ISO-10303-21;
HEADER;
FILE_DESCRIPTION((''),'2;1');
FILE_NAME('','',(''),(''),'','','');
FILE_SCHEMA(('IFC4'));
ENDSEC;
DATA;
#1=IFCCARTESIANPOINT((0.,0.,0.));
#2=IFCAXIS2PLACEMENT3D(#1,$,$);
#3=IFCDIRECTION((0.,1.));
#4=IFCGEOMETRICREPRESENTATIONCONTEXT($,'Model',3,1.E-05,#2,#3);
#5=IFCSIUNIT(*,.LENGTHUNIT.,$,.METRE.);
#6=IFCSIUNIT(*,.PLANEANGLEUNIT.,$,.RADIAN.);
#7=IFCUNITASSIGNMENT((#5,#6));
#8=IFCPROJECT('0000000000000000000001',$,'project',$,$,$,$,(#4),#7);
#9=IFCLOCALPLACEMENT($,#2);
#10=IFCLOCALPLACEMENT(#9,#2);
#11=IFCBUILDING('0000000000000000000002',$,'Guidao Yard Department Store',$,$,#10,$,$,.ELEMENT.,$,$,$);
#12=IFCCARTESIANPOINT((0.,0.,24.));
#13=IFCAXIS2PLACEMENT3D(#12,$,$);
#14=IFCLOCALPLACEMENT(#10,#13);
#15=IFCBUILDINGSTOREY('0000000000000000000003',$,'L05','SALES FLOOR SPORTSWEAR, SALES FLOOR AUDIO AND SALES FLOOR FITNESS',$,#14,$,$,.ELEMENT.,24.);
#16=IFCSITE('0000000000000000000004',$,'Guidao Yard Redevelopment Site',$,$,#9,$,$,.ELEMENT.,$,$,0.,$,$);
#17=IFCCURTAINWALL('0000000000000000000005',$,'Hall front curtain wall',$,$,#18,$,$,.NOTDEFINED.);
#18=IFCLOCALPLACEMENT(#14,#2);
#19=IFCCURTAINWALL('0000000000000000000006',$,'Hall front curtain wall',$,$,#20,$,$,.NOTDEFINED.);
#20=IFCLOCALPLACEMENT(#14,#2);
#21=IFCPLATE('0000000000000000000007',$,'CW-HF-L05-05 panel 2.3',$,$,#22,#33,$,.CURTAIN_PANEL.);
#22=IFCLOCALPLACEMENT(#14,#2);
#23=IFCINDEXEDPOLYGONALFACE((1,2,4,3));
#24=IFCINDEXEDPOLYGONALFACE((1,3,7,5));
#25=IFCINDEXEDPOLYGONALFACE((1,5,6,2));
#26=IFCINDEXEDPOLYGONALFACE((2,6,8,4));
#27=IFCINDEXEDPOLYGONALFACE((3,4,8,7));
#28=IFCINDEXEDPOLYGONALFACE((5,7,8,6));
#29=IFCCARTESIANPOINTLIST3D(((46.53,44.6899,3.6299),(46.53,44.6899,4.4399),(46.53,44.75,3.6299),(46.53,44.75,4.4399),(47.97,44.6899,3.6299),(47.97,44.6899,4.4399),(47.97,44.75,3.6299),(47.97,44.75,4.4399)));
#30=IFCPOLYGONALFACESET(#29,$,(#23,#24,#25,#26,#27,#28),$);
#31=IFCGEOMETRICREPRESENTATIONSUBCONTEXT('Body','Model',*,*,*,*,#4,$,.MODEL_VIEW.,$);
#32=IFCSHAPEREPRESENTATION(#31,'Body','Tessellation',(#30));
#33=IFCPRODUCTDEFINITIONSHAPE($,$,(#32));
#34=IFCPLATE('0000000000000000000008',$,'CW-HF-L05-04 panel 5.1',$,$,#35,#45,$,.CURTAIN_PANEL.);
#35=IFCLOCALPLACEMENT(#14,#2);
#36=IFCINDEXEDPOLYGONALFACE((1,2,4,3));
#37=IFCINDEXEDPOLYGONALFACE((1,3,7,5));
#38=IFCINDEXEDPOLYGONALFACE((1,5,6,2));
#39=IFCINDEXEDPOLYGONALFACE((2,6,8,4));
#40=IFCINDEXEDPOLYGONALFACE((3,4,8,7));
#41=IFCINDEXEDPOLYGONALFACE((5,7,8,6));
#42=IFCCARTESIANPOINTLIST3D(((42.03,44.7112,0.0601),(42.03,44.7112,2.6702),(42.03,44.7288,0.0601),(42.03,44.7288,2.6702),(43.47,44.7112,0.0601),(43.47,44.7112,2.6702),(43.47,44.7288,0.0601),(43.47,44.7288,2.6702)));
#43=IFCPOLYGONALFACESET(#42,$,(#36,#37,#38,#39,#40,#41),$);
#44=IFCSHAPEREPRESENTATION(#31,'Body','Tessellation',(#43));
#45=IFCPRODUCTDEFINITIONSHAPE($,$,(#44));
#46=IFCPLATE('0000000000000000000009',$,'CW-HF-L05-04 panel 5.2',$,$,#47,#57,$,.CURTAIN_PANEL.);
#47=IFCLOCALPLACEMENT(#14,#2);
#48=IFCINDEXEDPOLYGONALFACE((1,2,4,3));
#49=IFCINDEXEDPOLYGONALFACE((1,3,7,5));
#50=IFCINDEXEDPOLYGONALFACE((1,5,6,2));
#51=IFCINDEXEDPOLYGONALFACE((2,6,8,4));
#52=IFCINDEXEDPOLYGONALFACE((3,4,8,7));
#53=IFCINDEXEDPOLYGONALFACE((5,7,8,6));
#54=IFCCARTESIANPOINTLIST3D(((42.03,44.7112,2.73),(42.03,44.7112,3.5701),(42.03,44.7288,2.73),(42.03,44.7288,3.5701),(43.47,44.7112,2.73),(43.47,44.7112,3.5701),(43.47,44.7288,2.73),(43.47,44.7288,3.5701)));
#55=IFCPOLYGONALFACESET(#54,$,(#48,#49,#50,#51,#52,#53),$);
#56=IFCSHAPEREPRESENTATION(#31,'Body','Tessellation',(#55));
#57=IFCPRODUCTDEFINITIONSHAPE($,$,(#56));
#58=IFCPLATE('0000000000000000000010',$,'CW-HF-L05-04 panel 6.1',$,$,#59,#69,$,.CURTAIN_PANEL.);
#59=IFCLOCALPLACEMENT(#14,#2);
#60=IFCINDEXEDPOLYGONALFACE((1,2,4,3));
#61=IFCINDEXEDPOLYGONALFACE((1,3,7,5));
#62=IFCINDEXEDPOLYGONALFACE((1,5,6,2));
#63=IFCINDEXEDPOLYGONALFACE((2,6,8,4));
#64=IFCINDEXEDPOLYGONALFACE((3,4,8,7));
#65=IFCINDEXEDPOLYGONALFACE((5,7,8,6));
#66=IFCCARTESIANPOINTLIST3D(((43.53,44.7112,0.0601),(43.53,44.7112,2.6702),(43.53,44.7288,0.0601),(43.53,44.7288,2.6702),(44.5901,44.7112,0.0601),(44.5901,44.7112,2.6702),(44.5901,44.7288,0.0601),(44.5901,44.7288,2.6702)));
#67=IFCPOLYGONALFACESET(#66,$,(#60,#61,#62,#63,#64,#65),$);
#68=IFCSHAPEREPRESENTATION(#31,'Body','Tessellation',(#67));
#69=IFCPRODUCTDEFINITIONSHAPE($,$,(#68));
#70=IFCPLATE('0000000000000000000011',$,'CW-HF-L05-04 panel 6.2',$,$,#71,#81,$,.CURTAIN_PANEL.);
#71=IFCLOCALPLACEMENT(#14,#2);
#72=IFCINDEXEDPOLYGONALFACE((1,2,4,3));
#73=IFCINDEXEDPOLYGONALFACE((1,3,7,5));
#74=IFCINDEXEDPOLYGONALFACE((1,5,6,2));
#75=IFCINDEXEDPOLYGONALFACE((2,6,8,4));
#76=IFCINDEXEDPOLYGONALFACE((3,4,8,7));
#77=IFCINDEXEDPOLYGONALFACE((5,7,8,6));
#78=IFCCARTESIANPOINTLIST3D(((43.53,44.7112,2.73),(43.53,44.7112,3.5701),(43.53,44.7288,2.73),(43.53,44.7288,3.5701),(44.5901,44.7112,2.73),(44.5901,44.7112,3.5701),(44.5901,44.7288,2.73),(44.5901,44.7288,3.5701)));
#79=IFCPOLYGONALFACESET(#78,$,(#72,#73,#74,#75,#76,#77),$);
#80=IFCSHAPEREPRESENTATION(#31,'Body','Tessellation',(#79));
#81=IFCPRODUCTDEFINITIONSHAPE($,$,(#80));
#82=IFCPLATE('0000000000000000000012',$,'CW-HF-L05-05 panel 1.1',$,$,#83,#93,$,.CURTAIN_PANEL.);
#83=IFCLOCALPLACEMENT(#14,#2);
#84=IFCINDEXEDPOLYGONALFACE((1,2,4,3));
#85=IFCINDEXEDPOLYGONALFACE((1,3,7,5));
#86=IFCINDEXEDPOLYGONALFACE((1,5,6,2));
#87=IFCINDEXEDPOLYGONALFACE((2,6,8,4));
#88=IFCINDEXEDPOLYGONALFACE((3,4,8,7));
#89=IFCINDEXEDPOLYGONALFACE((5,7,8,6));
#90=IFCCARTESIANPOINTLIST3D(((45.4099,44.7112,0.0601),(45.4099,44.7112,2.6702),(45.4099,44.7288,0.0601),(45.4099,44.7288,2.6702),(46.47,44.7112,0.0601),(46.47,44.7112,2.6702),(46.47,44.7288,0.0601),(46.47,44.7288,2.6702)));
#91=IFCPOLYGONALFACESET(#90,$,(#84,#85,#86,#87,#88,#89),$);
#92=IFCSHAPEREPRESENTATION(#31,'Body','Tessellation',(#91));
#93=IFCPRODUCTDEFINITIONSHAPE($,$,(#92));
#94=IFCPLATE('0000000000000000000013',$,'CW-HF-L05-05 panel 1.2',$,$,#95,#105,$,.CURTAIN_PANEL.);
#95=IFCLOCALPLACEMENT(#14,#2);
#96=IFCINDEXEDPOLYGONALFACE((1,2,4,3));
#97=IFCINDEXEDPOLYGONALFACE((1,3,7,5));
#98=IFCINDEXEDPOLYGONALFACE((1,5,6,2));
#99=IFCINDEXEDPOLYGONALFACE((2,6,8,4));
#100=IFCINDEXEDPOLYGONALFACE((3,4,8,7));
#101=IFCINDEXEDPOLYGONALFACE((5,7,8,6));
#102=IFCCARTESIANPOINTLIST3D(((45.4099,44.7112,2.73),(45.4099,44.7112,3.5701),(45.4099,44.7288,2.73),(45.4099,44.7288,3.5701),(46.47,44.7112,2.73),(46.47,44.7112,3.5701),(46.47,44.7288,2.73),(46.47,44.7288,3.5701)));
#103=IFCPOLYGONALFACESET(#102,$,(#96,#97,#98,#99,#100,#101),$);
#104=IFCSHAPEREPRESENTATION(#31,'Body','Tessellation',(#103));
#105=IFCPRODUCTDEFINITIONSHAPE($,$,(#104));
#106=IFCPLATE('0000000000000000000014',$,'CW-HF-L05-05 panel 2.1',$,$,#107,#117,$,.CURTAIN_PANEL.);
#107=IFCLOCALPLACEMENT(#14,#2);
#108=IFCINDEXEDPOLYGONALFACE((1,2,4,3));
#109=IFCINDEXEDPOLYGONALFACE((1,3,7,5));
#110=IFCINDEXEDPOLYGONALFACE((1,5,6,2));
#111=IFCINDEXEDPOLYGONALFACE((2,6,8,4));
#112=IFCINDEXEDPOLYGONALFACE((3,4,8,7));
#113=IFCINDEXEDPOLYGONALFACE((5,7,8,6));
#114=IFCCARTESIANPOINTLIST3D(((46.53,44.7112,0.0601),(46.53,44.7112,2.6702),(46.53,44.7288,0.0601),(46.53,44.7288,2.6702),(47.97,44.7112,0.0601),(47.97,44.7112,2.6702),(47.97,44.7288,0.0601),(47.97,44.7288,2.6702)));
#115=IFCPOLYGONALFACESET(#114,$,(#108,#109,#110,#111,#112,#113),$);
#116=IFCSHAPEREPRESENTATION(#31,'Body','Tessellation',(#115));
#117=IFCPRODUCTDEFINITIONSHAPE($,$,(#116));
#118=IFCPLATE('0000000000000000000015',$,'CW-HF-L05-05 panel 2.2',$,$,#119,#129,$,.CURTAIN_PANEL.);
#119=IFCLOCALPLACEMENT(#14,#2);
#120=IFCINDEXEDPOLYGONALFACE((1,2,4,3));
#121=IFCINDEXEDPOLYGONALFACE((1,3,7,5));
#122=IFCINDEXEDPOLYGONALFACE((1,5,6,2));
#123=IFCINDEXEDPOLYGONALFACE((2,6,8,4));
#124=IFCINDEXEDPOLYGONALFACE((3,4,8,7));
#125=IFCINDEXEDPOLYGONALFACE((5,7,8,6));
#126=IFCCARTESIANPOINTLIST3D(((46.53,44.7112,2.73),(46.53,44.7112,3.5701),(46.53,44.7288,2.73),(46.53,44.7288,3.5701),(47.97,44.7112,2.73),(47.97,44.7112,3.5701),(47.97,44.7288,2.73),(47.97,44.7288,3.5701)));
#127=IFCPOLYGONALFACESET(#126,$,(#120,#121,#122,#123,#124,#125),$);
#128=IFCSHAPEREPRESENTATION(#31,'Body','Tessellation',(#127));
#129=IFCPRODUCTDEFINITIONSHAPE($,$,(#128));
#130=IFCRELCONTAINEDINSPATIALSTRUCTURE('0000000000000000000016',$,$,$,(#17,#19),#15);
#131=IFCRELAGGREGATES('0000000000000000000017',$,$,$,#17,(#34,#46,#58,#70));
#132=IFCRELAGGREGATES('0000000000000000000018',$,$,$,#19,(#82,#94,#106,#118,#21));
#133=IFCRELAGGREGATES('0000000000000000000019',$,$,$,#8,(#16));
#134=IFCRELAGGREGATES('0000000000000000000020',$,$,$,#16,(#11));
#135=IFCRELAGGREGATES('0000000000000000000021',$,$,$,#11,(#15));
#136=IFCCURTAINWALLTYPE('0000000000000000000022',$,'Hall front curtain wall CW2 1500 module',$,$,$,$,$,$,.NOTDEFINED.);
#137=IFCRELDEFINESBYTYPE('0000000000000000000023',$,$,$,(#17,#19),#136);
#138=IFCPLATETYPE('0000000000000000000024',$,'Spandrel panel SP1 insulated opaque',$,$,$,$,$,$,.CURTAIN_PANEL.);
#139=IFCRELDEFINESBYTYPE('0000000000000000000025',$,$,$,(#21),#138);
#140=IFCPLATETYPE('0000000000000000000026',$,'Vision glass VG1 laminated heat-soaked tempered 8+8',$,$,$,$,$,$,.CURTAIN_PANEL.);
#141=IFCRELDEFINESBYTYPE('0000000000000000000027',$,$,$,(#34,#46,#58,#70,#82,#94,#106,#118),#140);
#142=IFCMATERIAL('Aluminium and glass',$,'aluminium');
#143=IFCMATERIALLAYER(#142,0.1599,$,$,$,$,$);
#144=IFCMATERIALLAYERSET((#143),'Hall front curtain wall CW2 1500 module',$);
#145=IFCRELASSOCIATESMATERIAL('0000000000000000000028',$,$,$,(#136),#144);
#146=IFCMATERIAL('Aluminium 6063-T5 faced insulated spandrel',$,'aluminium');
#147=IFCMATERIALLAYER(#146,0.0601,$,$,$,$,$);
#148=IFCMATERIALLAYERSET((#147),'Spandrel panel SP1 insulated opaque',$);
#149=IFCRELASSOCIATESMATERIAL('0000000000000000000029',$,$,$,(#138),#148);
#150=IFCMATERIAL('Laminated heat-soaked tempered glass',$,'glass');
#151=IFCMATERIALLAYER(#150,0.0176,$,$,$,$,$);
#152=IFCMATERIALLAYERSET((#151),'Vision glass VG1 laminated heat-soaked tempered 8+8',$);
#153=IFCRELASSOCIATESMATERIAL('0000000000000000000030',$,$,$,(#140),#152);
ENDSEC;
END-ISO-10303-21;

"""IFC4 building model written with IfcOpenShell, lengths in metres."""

from ifc_helpers import new_model, si_unit, direction, frame, origin, origin_2d, place, context, subcontext, project, spatial, rectangle, extrude, material, layer, layer_set, type_object, element, aggregate, save


model = new_model("IFC4")

# Units and contexts
model_context = context("Model", 3, precision=1e-05, world=origin(), true_north=direction((0.0, 1.0)))
body_context = subcontext(model_context, "Body", "Model", "MODEL_VIEW")
ifc_project = project(units=[si_unit("LENGTHUNIT", "METRE"), si_unit("PLANEANGLEUNIT", "RADIAN")], contexts=[model_context])

# Site, building, storey
site_placement = place(None, origin())
site = spatial("IfcSite", under=ifc_project, at=site_placement, Name="Guidao Yard Redevelopment Site", CompositionType="ELEMENT", RefElevation=0.0)
building_placement = place(site_placement, origin())
building = spatial("IfcBuilding", under=site, at=building_placement, Name="Guidao Yard Department Store", CompositionType="ELEMENT")
storey_placement = place(building_placement, frame((0.0, 0.0, 24.0)))
storey = spatial("IfcBuildingStorey", under=building, at=storey_placement, Name="L05", Description="SALES FLOOR SPORTSWEAR, SALES FLOOR AUDIO AND SALES FLOOR FITNESS", CompositionType="ELEMENT", Elevation=24.0)

# Curtain walls
ifc_material_1 = material(Name="Aluminium and glass", Category="aluminium")
ifc_layer_1 = layer(ifc_material_1, 0.1599)
ifc_layer_set_1 = layer_set([ifc_layer_1], Name="Hall front curtain wall CW2 1500 module")
curtain_wall_type = type_object("IfcCurtainWallType", Name="Hall front curtain wall CW2 1500 module", PredefinedType="NOTDEFINED", material=ifc_layer_set_1)
curtain_wall_1_placement = place(storey_placement, origin())
curtain_wall_1 = element("IfcCurtainWall", 1, at=curtain_wall_1_placement, inside=storey, type_object=curtain_wall_type, Name="Hall front curtain wall", PredefinedType="NOTDEFINED")
curtain_wall_2_placement = place(storey_placement, origin())
curtain_wall_2 = element("IfcCurtainWall", 2, at=curtain_wall_2_placement, inside=storey, type_object=curtain_wall_type, Name="Hall front curtain wall", PredefinedType="NOTDEFINED")

# Plates
ifc_material_2 = material(Name="Aluminium 6063-T5 faced insulated spandrel", Category="aluminium")
ifc_layer_2 = layer(ifc_material_2, 0.0601)
ifc_layer_set_2 = layer_set([ifc_layer_2], Name="Spandrel panel SP1 insulated opaque")
plate_type_1 = type_object("IfcPlateType", Name="Spandrel panel SP1 insulated opaque", PredefinedType="CURTAIN_PANEL", material=ifc_layer_set_2)
plate_1_placement = place(storey_placement, frame((47.25, 44.72, 3.6299), z_axis=(0.0, 0.0, 1.0), x_axis=(-1.0, 0.0, 0.0)))
plate_1 = element("IfcPlate", 3, at=plate_1_placement, type_object=plate_type_1, Name="CW-HF-L05-05 panel 2.3", PredefinedType="CURTAIN_PANEL", context=body_context, shape_type="SweptSolid", body=[
    extrude(rectangle(XDim=1.4399, YDim=0.0601, at=origin_2d()), origin(), (0.0, 0.0, 1.0), 0.8101),
])
ifc_material_3 = material(Name="Laminated heat-soaked tempered glass", Category="glass")
ifc_layer_3 = layer(ifc_material_3, 0.0176)
ifc_layer_set_3 = layer_set([ifc_layer_3], Name="Vision glass VG1 laminated heat-soaked tempered 8+8")
plate_type_2 = type_object("IfcPlateType", Name="Vision glass VG1 laminated heat-soaked tempered 8+8", PredefinedType="CURTAIN_PANEL", material=ifc_layer_set_3)
plate_2_placement = place(storey_placement, frame((42.75, 44.72, 0.0601), z_axis=(0.0, 0.0, 1.0), x_axis=(-1.0, 0.0, 0.0)))
plate_2 = element("IfcPlate", 4, at=plate_2_placement, type_object=plate_type_2, Name="CW-HF-L05-04 panel 5.1", PredefinedType="CURTAIN_PANEL", context=body_context, shape_type="SweptSolid", body=[
    extrude(rectangle(XDim=1.4399, YDim=0.0176, at=origin_2d()), origin(), (0.0, 0.0, 1.0), 2.6101),
])
plate_3_placement = place(storey_placement, frame((42.75, 44.72, 2.73), z_axis=(0.0, 0.0, 1.0), x_axis=(-1.0, 0.0, 0.0)))
plate_3 = element("IfcPlate", 5, at=plate_3_placement, type_object=plate_type_2, Name="CW-HF-L05-04 panel 5.2", PredefinedType="CURTAIN_PANEL", context=body_context, shape_type="SweptSolid", body=[
    extrude(rectangle(XDim=1.4399, YDim=0.0176, at=origin_2d()), origin(), (0.0, 0.0, 1.0), 0.8401),
])
plate_4_placement = place(storey_placement, frame((44.0601, 44.72, 0.0601), z_axis=(0.0, 0.0, 1.0), x_axis=(-1.0, 0.0, 0.0)))
plate_4 = element("IfcPlate", 6, at=plate_4_placement, type_object=plate_type_2, Name="CW-HF-L05-04 panel 6.1", PredefinedType="CURTAIN_PANEL", context=body_context, shape_type="SweptSolid", body=[
    extrude(rectangle(XDim=1.0601, YDim=0.0176, at=origin_2d()), origin(), (0.0, 0.0, 1.0), 2.6101),
])
plate_5_placement = place(storey_placement, frame((44.0601, 44.72, 2.73), z_axis=(0.0, 0.0, 1.0), x_axis=(-1.0, 0.0, 0.0)))
plate_5 = element("IfcPlate", 7, at=plate_5_placement, type_object=plate_type_2, Name="CW-HF-L05-04 panel 6.2", PredefinedType="CURTAIN_PANEL", context=body_context, shape_type="SweptSolid", body=[
    extrude(rectangle(XDim=1.0601, YDim=0.0176, at=origin_2d()), origin(), (0.0, 0.0, 1.0), 0.8401),
])
aggregate(curtain_wall_1, [plate_2, plate_3, plate_4, plate_5])
plate_6_placement = place(storey_placement, frame((45.9399, 44.72, 0.0601), z_axis=(0.0, 0.0, 1.0), x_axis=(-1.0, 0.0, 0.0)))
plate_6 = element("IfcPlate", 8, at=plate_6_placement, type_object=plate_type_2, Name="CW-HF-L05-05 panel 1.1", PredefinedType="CURTAIN_PANEL", context=body_context, shape_type="SweptSolid", body=[
    extrude(rectangle(XDim=1.0601, YDim=0.0176, at=origin_2d()), origin(), (0.0, 0.0, 1.0), 2.6101),
])
plate_7_placement = place(storey_placement, frame((45.9399, 44.72, 2.73), z_axis=(0.0, 0.0, 1.0), x_axis=(-1.0, 0.0, 0.0)))
plate_7 = element("IfcPlate", 9, at=plate_7_placement, type_object=plate_type_2, Name="CW-HF-L05-05 panel 1.2", PredefinedType="CURTAIN_PANEL", context=body_context, shape_type="SweptSolid", body=[
    extrude(rectangle(XDim=1.0601, YDim=0.0176, at=origin_2d()), origin(), (0.0, 0.0, 1.0), 0.8401),
])
plate_8_placement = place(storey_placement, frame((47.25, 44.72, 0.0601), z_axis=(0.0, 0.0, 1.0), x_axis=(-1.0, 0.0, 0.0)))
plate_8 = element("IfcPlate", 10, at=plate_8_placement, type_object=plate_type_2, Name="CW-HF-L05-05 panel 2.1", PredefinedType="CURTAIN_PANEL", context=body_context, shape_type="SweptSolid", body=[
    extrude(rectangle(XDim=1.4399, YDim=0.0176, at=origin_2d()), origin(), (0.0, 0.0, 1.0), 2.6101),
])
plate_9_placement = place(storey_placement, frame((47.25, 44.72, 2.73), z_axis=(0.0, 0.0, 1.0), x_axis=(-1.0, 0.0, 0.0)))
plate_9 = element("IfcPlate", 11, at=plate_9_placement, type_object=plate_type_2, Name="CW-HF-L05-05 panel 2.2", PredefinedType="CURTAIN_PANEL", context=body_context, shape_type="SweptSolid", body=[
    extrude(rectangle(XDim=1.4399, YDim=0.0176, at=origin_2d()), origin(), (0.0, 0.0, 1.0), 0.8401),
])
aggregate(curtain_wall_2, [plate_6, plate_7, plate_8, plate_9, plate_1])

save(model, "model.ifc")
